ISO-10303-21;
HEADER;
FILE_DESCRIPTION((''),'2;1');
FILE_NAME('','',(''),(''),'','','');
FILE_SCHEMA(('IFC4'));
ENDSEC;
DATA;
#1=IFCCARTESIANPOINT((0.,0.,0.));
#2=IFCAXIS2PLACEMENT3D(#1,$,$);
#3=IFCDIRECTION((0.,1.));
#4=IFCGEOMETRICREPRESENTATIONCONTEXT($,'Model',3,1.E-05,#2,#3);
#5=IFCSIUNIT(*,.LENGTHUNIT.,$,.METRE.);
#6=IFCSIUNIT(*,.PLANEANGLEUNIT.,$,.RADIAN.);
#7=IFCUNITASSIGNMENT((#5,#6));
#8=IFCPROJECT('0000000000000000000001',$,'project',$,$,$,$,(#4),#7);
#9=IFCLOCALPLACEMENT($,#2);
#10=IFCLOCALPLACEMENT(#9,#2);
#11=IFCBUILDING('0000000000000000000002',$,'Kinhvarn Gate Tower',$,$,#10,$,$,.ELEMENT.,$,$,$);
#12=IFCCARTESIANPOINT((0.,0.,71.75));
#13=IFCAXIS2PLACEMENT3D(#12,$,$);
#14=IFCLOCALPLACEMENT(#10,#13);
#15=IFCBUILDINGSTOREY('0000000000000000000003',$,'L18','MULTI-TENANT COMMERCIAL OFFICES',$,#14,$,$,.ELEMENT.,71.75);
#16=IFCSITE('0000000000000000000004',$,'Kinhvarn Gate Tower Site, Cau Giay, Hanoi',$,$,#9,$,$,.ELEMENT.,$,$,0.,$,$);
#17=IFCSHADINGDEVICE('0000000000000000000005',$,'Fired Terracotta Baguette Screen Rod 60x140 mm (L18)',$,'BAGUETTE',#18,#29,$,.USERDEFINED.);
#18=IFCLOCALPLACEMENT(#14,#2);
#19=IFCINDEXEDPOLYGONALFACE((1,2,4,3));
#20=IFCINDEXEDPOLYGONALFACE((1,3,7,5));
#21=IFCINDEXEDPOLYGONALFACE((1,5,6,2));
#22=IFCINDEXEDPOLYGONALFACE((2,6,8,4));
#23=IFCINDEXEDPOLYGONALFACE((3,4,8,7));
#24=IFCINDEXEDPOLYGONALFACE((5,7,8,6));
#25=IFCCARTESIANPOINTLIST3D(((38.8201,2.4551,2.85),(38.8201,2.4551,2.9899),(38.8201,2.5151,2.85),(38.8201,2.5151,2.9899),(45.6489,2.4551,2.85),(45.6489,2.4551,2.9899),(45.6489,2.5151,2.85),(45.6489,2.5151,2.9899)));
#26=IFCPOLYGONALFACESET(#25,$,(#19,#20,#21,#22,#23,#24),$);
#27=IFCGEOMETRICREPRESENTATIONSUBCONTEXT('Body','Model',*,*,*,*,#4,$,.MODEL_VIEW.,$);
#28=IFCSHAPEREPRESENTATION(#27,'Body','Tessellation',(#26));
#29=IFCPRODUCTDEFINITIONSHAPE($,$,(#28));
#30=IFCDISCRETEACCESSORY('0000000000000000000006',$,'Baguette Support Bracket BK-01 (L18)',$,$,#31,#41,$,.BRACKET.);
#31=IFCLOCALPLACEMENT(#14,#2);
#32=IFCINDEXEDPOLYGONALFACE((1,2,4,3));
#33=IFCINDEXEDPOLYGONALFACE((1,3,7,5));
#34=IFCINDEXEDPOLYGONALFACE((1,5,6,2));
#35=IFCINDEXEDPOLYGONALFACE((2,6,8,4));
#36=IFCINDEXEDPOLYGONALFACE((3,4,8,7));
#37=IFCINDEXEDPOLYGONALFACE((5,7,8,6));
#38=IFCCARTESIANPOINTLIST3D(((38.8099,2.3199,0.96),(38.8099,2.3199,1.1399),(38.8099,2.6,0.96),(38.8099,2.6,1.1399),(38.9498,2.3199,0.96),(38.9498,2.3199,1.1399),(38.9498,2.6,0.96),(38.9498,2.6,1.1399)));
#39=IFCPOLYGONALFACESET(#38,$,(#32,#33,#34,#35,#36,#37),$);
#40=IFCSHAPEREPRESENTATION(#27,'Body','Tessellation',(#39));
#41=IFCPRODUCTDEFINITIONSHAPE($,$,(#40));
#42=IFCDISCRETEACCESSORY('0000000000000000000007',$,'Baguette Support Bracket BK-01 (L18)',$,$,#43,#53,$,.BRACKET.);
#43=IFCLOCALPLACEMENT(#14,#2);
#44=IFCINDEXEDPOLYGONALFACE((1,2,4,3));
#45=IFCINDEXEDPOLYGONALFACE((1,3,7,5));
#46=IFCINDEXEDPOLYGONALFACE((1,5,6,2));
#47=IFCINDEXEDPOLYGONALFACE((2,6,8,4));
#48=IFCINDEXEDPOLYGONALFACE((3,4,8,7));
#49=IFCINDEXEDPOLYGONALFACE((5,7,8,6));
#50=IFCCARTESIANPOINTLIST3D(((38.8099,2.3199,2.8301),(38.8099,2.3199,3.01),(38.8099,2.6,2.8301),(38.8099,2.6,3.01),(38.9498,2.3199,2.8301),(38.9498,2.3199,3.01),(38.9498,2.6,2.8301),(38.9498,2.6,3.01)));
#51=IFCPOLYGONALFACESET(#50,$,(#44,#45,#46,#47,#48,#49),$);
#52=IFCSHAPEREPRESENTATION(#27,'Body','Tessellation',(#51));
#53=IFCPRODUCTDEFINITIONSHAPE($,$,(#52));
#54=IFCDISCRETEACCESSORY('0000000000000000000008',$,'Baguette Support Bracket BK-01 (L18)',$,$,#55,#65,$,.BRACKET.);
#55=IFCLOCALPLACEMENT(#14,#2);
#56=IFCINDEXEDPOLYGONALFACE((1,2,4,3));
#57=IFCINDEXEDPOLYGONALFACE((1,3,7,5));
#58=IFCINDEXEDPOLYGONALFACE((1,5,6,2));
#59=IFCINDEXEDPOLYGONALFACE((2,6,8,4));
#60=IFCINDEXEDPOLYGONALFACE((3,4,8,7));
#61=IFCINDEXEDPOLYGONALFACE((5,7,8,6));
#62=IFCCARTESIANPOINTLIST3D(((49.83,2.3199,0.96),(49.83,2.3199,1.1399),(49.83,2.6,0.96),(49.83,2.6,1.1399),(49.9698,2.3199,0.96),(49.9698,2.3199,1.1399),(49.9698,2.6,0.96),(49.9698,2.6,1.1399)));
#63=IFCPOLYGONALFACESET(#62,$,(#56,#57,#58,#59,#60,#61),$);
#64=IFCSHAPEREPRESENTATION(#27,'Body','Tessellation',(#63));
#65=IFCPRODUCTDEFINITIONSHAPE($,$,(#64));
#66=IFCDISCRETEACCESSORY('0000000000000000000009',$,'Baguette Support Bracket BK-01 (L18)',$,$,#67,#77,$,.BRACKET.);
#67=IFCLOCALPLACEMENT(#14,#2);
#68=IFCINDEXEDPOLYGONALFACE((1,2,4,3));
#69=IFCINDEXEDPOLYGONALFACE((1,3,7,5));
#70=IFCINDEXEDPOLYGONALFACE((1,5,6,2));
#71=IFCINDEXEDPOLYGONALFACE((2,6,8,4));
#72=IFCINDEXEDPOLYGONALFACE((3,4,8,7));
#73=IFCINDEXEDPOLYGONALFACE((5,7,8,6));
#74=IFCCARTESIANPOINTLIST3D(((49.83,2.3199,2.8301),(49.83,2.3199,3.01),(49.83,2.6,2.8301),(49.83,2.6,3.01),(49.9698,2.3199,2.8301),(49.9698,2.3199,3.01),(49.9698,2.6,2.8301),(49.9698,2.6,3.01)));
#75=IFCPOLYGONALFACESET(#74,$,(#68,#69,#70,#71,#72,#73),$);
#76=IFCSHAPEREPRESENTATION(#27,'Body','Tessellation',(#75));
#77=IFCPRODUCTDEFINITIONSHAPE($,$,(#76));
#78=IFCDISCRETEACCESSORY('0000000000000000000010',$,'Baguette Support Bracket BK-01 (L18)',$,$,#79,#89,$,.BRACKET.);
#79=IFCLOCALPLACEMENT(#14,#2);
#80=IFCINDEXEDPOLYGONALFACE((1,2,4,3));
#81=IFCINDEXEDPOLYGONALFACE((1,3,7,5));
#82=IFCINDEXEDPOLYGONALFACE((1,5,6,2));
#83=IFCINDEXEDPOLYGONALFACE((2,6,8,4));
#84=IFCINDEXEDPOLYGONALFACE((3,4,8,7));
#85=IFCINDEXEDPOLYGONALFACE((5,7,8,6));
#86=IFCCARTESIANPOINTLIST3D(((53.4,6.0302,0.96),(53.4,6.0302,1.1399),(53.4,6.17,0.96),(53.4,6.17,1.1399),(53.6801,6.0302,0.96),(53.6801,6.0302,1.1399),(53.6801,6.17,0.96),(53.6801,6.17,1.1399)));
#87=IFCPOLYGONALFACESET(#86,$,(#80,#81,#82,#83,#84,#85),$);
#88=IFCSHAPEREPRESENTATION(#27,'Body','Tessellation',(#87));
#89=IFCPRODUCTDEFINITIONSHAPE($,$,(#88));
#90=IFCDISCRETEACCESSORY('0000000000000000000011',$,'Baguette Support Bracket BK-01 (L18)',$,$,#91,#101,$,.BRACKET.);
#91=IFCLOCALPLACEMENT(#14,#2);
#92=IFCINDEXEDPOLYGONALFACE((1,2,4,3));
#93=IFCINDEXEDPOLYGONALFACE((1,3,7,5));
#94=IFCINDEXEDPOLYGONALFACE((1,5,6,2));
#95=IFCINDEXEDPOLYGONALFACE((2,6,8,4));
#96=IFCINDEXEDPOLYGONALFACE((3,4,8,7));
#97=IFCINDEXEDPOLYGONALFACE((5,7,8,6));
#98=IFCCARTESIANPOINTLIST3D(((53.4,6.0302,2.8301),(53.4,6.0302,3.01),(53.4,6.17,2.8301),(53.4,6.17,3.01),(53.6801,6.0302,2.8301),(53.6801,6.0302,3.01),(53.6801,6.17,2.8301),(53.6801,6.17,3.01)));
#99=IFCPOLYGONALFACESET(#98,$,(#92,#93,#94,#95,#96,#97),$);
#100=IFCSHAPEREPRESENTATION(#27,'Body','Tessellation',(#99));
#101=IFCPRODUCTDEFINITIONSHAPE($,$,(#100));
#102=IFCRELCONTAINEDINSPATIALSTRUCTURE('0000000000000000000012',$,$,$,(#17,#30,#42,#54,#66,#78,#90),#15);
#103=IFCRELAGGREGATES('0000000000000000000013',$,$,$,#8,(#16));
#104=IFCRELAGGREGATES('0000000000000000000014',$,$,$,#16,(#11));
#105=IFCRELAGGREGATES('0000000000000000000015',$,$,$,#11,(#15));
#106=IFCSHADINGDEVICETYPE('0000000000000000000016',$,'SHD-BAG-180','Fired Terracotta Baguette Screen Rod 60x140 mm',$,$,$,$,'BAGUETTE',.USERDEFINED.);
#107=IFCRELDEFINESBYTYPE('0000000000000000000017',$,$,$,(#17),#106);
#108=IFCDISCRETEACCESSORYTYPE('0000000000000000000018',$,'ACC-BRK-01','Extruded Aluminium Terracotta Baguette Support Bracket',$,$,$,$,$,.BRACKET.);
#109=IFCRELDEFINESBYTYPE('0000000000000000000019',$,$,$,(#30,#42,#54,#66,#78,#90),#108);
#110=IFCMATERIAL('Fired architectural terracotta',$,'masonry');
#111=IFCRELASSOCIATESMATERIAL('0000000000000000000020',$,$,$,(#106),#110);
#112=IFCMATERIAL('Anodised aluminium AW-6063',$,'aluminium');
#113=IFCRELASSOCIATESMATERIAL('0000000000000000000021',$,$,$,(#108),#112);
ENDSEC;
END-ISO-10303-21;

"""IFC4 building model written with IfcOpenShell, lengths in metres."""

from ifc_helpers import new_model, si_unit, direction, frame, origin, origin_2d, place, context, subcontext, project, spatial, rectangle, extrude, material, material_profile, profile_set, type_object, element, save


model = new_model("IFC4")

# Units and contexts
model_context = context("Model", 3, precision=1e-05, world=origin(), true_north=direction((0.0, 1.0)))
body_context = subcontext(model_context, "Body", "Model", "MODEL_VIEW")
ifc_project = project(units=[si_unit("LENGTHUNIT", "METRE"), si_unit("PLANEANGLEUNIT", "RADIAN")], contexts=[model_context])

# Site, building, storey
site_placement = place(None, origin())
site = spatial("IfcSite", under=ifc_project, at=site_placement, Name="Kinhvarn Gate Tower Site, Cau Giay, Hanoi", CompositionType="ELEMENT", RefElevation=0.0)
building_placement = place(site_placement, origin())
building = spatial("IfcBuilding", under=site, at=building_placement, Name="Kinhvarn Gate Tower", CompositionType="ELEMENT")
storey_placement = place(building_placement, frame((0.0, 0.0, 71.75)))
storey = spatial("IfcBuildingStorey", under=building, at=storey_placement, Name="L18", Description="MULTI-TENANT COMMERCIAL OFFICES", CompositionType="ELEMENT", Elevation=71.75)

# Shared definitions
ifc_material_1 = material(Name="Anodised aluminium AW-6063", Category="aluminium")

# Shared definitions
ifc_material_2 = material(Name="Fired architectural terracotta", Category="masonry")

# Shading device
ifc_material_profile_1 = material_profile(ifc_material_2, rectangle(XDim=0.0601, YDim=0.1399, at=origin_2d()), Name="TC 60x140")
ifc_profile_set_1 = profile_set([ifc_material_profile_1], Name="Fired architectural terracotta")
shading_device_type = type_object("IfcShadingDeviceType", Name="SHD-BAG-180", Description="Fired Terracotta Baguette Screen Rod 60x140 mm", ElementType="BAGUETTE", PredefinedType="USERDEFINED", material=ifc_profile_set_1)
for number, where, z_axis, x_axis, name in (
    (1, (38.8201, 2.4851, 2.9199), (1.0, 0.0, 0.0), (0.0, 1.0, 0.0), "Fired Terracotta Baguette Screen Rod 60x140 mm (L18)"),
):
    element("IfcShadingDevice", number, at=place(storey_placement, frame(where, z_axis=z_axis, x_axis=x_axis)), inside=storey, type_object=shading_device_type, Name=name, ObjectType="BAGUETTE", PredefinedType="USERDEFINED", context=body_context, shape_type="SweptSolid", body=[
        extrude(rectangle(XDim=0.0601, YDim=0.1399, at=origin_2d()), origin(), (0.0, 0.0, 1.0), 6.8289),
    ])

# Discrete accessories
discrete_accessory_type = type_object("IfcDiscreteAccessoryType", Name="ACC-BRK-01", Description="Extruded Aluminium Terracotta Baguette Support Bracket", PredefinedType="BRACKET", material=ifc_material_1)
for number, where, z_axis, x_axis, name in (
    (2, (38.8799, 2.46, 0.96), (0.0, 0.0, 1.0), (1.0, 0.0, 0.0), "Baguette Support Bracket BK-01 (L18)"),
    (3, (38.8799, 2.46, 2.8301), (0.0, 0.0, 1.0), (1.0, 0.0, 0.0), "Baguette Support Bracket BK-01 (L18)"),
    (4, (49.8999, 2.46, 0.96), (0.0, 0.0, 1.0), (1.0, 0.0, 0.0), "Baguette Support Bracket BK-01 (L18)"),
    (5, (49.8999, 2.46, 2.8301), (0.0, 0.0, 1.0), (1.0, 0.0, 0.0), "Baguette Support Bracket BK-01 (L18)"),
    (6, (53.54, 6.1001, 0.96), (0.0, 0.0, 1.0), (0.0, 1.0, 0.0), "Baguette Support Bracket BK-01 (L18)"),
    (7, (53.54, 6.1001, 2.8301), (0.0, 0.0, 1.0), (0.0, 1.0, 0.0), "Baguette Support Bracket BK-01 (L18)"),
):
    element("IfcDiscreteAccessory", number, at=place(storey_placement, frame(where, z_axis=z_axis, x_axis=x_axis)), inside=storey, type_object=discrete_accessory_type, Name=name, PredefinedType="BRACKET", context=body_context, shape_type="SweptSolid", body=[
        extrude(rectangle(XDim=0.1399, YDim=0.28, at=origin_2d()), origin(), (0.0, 0.0, 1.0), 0.1799),
    ])

save(model, "model.ifc")
